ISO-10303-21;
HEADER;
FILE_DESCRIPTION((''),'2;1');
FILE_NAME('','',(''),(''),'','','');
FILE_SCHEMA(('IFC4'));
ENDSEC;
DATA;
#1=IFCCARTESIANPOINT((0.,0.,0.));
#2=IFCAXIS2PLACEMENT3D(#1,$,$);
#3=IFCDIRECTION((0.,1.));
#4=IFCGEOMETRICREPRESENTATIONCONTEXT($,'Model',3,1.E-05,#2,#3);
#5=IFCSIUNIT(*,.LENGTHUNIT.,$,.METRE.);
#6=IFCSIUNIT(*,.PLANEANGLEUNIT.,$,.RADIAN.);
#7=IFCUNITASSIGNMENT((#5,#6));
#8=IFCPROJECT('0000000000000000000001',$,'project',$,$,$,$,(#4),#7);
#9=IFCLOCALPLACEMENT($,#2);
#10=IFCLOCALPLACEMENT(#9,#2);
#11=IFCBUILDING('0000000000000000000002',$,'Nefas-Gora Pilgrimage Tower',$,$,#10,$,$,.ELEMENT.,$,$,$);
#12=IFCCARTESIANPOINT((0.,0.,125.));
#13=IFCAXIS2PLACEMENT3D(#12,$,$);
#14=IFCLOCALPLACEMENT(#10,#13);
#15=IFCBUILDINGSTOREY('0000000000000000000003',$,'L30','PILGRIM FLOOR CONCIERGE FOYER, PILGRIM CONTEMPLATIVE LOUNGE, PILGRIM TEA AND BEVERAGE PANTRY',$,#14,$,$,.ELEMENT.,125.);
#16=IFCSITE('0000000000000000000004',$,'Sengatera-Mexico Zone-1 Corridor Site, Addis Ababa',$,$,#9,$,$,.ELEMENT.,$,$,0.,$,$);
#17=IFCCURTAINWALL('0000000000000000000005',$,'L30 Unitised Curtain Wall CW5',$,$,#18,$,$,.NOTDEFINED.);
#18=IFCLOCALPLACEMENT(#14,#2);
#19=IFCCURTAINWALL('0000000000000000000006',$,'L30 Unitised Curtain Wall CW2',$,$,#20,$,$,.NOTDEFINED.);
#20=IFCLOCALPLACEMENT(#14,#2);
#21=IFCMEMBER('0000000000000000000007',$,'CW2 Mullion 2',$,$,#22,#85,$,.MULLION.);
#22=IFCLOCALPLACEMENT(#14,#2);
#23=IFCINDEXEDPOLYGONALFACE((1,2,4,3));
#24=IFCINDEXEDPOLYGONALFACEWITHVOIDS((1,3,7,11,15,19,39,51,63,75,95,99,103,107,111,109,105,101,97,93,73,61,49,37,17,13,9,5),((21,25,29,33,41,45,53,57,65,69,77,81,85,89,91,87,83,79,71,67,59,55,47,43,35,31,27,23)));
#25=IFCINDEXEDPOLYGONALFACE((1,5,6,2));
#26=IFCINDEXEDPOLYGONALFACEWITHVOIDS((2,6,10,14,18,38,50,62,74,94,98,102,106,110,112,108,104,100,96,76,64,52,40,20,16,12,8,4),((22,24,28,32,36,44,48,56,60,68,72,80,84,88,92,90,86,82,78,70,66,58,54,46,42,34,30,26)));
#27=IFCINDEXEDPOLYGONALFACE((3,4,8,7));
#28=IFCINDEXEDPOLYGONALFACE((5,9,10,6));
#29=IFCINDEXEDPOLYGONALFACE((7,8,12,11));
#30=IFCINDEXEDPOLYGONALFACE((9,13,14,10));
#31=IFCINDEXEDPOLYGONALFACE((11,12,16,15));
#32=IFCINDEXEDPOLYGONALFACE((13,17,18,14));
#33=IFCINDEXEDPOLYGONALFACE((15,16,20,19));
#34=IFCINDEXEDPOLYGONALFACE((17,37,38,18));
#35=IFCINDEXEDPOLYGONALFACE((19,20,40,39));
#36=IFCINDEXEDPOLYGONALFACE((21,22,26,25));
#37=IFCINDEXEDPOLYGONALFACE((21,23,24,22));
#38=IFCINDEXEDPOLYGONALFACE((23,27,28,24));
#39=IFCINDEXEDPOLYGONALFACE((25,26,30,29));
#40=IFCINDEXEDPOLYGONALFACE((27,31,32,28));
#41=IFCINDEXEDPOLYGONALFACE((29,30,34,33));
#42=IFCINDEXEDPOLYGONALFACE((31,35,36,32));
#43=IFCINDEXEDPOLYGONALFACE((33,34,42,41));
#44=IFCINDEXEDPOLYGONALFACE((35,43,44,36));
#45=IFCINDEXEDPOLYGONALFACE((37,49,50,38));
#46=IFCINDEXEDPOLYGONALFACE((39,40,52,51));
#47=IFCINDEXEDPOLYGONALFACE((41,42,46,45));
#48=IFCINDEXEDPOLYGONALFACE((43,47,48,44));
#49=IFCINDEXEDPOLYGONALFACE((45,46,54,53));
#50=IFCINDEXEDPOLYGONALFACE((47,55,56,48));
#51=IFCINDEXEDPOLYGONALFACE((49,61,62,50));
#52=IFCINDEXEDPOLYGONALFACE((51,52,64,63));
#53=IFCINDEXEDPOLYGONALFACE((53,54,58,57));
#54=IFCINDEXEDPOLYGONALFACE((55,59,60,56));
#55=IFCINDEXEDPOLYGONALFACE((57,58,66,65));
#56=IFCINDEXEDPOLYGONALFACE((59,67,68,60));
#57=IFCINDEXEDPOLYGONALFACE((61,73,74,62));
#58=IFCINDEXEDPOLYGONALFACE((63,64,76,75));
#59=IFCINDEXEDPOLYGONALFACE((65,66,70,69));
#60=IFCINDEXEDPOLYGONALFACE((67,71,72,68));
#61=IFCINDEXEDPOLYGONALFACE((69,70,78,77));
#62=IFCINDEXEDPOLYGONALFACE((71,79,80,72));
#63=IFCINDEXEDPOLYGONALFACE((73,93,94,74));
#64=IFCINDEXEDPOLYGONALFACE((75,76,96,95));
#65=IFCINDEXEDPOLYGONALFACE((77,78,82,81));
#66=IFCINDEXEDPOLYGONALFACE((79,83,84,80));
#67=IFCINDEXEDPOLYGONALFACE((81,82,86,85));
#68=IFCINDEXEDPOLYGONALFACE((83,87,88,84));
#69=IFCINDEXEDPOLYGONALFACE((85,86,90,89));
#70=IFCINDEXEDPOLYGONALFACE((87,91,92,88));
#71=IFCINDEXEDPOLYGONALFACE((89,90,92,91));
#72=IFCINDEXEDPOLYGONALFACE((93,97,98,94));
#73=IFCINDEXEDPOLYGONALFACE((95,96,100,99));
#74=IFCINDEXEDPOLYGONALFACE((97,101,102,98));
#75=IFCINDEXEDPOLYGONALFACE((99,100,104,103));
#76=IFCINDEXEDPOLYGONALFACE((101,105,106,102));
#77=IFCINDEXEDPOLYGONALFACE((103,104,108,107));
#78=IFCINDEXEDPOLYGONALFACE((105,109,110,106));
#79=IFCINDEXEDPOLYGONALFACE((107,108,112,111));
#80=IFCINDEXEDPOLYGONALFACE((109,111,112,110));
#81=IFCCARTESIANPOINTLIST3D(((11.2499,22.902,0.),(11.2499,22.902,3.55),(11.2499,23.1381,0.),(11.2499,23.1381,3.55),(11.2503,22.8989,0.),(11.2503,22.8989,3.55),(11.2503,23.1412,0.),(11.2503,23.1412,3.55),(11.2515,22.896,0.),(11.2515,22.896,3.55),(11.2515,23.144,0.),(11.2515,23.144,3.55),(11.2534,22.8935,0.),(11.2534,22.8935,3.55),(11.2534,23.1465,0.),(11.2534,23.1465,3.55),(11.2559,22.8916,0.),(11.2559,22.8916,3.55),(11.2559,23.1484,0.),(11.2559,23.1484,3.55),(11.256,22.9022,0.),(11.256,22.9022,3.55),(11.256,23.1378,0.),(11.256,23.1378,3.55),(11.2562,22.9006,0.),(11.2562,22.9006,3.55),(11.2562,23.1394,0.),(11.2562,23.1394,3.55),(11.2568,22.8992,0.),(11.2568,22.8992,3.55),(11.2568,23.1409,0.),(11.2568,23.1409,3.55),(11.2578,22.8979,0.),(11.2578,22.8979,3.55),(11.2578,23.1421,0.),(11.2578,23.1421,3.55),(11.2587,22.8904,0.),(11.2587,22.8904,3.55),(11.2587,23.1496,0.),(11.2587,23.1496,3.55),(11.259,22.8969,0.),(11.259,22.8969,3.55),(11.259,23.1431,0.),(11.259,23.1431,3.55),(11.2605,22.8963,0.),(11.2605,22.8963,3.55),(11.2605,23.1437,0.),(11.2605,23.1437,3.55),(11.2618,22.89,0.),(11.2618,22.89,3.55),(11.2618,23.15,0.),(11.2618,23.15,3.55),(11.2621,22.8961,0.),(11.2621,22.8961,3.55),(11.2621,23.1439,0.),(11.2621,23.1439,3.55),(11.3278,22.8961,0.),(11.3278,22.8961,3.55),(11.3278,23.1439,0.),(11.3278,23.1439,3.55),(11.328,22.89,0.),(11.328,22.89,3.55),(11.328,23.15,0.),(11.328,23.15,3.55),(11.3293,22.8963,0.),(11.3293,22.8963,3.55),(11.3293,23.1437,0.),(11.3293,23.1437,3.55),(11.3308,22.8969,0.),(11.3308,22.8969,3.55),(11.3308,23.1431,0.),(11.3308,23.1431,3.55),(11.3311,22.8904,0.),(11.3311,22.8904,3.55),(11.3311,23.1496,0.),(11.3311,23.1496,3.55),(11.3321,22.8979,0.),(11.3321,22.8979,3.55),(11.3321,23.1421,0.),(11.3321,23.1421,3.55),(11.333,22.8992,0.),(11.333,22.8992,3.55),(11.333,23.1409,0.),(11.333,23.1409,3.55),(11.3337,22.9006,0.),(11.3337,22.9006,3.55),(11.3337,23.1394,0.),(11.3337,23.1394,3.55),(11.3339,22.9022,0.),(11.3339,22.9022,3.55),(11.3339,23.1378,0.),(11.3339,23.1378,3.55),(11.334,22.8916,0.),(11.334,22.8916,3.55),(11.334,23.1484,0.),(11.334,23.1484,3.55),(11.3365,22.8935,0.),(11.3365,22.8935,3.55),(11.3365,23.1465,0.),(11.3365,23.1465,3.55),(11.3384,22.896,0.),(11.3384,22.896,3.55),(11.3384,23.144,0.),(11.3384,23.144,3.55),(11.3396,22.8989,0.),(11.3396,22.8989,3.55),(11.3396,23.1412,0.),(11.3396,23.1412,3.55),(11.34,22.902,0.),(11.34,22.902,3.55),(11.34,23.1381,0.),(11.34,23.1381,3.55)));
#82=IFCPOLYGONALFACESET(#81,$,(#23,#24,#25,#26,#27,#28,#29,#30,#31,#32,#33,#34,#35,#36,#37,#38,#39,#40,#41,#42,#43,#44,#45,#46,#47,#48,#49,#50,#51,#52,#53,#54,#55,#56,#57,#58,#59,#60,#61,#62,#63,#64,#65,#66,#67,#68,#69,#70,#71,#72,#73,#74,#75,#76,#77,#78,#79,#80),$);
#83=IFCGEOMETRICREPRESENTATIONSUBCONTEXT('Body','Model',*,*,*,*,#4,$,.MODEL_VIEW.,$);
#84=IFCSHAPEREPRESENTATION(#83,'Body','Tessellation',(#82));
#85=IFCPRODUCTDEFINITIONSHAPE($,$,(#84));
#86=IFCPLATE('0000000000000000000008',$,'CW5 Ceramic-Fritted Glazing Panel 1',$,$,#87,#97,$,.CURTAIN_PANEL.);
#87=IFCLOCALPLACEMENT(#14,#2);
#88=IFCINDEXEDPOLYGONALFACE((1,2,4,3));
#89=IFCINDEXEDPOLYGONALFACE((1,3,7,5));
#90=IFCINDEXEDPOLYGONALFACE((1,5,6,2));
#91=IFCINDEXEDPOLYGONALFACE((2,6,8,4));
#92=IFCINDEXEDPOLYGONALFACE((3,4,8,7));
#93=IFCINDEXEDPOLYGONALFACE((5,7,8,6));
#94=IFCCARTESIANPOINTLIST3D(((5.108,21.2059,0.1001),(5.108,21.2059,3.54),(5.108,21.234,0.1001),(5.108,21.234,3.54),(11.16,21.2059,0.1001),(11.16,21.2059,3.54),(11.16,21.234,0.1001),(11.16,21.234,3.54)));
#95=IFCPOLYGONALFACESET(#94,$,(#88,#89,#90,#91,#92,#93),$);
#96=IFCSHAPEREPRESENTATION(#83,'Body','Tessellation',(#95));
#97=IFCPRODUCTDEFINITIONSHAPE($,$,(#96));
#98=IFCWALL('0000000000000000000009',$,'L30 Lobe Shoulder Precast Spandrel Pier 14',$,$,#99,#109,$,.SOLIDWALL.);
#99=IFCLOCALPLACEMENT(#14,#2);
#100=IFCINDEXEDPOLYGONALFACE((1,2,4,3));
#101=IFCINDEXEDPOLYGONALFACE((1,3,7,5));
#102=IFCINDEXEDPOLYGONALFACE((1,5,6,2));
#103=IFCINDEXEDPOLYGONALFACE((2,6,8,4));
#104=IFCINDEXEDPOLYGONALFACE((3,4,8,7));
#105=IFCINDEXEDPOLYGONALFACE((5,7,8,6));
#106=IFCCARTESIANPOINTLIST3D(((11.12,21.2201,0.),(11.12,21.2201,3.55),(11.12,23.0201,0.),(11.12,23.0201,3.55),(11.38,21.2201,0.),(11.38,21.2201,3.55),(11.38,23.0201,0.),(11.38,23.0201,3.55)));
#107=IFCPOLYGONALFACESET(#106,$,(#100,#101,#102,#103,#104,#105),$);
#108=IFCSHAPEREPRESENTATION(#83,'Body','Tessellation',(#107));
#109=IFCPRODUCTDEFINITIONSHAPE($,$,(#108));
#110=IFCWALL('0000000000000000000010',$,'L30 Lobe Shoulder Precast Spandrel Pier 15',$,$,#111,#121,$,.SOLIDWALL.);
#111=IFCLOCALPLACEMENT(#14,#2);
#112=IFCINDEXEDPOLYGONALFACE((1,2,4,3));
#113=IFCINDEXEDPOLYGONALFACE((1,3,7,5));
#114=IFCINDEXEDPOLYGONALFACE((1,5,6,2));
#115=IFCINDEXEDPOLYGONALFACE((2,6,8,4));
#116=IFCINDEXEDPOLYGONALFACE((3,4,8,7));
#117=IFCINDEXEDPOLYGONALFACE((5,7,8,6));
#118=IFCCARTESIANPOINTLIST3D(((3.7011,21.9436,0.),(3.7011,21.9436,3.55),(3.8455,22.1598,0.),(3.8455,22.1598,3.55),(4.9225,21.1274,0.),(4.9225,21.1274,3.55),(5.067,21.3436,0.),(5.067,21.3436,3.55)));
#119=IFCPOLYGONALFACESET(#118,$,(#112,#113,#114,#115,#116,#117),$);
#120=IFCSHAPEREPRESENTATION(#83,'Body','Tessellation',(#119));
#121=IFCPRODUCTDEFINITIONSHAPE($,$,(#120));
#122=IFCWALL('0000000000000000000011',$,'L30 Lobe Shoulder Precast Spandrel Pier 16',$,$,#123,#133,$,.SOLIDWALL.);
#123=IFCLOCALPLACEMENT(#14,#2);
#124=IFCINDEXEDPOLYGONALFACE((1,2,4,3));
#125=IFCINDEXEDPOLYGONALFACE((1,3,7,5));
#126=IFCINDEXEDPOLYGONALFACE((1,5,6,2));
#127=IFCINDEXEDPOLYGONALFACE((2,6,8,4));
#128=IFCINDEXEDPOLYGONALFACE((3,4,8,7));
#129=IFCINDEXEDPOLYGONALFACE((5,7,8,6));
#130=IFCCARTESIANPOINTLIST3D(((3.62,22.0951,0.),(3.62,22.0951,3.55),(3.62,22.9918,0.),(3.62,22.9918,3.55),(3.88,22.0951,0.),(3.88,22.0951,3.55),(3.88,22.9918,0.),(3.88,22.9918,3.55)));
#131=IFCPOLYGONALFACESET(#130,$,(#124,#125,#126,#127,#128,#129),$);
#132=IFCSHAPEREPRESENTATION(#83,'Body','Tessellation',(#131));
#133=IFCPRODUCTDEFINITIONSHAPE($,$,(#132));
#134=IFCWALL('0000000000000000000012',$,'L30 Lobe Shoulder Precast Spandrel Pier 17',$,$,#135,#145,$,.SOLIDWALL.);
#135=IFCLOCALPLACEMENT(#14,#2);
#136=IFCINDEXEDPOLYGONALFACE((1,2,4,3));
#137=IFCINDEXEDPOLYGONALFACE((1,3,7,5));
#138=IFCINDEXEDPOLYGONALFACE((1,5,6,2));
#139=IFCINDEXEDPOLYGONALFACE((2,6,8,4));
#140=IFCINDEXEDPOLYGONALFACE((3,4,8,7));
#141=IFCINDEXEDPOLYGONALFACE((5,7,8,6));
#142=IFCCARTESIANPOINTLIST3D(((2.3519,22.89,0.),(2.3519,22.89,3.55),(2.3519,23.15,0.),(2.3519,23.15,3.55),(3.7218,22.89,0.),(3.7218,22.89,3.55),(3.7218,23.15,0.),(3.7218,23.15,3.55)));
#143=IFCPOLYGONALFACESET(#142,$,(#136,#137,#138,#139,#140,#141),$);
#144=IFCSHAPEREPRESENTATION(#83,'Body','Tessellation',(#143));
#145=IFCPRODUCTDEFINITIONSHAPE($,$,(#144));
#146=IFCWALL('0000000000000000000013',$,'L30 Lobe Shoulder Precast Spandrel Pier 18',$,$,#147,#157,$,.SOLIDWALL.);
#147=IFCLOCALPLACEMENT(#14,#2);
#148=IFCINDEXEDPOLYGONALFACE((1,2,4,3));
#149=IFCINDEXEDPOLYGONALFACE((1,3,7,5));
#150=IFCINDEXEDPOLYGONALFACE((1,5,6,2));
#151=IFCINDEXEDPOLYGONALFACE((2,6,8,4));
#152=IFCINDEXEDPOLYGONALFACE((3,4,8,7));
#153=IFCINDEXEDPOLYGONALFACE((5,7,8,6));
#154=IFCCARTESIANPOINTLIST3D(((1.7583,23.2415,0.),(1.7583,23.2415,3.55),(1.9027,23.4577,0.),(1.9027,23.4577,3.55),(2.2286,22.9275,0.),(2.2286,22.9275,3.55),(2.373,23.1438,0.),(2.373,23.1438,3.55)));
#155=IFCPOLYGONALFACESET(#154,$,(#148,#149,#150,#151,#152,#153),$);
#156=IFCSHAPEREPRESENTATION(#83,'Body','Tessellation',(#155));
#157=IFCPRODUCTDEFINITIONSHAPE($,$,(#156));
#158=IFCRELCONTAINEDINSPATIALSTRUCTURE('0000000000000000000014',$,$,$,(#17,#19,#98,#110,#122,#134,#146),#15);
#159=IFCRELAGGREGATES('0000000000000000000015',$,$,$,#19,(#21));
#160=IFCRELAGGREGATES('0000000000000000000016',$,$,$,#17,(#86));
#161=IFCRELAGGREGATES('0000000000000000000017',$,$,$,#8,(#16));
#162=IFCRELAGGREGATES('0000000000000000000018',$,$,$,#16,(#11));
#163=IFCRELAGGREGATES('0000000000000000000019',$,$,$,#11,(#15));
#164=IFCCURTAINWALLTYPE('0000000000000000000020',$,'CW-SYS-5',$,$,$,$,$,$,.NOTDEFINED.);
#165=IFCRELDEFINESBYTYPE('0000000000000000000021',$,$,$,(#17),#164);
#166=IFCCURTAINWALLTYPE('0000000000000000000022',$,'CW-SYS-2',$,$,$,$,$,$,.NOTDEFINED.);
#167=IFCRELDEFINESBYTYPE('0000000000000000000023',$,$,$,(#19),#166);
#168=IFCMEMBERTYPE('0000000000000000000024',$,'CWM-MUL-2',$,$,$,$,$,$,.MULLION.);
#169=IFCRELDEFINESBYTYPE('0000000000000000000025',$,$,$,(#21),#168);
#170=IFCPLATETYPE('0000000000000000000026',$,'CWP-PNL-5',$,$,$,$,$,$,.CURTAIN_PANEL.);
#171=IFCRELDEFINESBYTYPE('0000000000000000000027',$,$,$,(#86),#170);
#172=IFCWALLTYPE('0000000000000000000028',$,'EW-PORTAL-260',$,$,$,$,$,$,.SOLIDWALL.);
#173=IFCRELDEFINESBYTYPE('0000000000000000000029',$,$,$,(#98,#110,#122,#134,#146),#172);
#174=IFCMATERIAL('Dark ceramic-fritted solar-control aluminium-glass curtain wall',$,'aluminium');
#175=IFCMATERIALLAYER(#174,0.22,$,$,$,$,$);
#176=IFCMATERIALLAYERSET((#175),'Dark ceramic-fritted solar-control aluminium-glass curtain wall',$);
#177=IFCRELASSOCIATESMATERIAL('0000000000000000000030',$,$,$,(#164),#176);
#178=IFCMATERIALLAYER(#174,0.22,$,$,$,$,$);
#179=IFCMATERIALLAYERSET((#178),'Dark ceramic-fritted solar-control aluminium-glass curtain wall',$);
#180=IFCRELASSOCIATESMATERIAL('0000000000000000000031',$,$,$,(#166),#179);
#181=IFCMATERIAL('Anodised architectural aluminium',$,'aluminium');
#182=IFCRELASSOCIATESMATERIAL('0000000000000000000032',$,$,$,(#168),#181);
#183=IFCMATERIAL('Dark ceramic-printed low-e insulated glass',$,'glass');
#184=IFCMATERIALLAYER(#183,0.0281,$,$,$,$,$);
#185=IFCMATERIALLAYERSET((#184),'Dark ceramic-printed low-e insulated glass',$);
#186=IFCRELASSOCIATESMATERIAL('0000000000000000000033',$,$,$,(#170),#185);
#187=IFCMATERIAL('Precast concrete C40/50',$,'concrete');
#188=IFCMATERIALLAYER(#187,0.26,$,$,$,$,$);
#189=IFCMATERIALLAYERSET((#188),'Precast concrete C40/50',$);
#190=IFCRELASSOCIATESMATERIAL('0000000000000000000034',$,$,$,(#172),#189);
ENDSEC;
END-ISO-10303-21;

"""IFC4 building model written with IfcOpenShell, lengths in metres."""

from ifc_helpers import new_model, si_unit, direction, frame, frame_2d, origin, origin_2d, place, context, subcontext, project, spatial, rectangle, hollow_rectangle, extrude, source, transform, mapped, material, layer, layer_set, material_profile, profile_set, type_object, element, aggregate, save


model = new_model("IFC4")

# Units and contexts
model_context = context("Model", 3, precision=1e-05, world=origin(), true_north=direction((0.0, 1.0)))
body_context = subcontext(model_context, "Body", "Model", "MODEL_VIEW")
ifc_project = project(units=[si_unit("LENGTHUNIT", "METRE"), si_unit("PLANEANGLEUNIT", "RADIAN")], contexts=[model_context])

# Site, building, storey
site_placement = place(None, origin())
site = spatial("IfcSite", under=ifc_project, at=site_placement, Name="Sengatera-Mexico Zone-1 Corridor Site, Addis Ababa", CompositionType="ELEMENT", RefElevation=0.0)
building_placement = place(site_placement, origin())
building = spatial("IfcBuilding", under=site, at=building_placement, Name="Nefas-Gora Pilgrimage Tower", CompositionType="ELEMENT")
storey_placement = place(building_placement, frame((0.0, 0.0, 125.0)))
storey = spatial("IfcBuildingStorey", under=building, at=storey_placement, Name="L30", Description="PILGRIM FLOOR CONCIERGE FOYER, PILGRIM CONTEMPLATIVE LOUNGE, PILGRIM TEA AND BEVERAGE PANTRY", CompositionType="ELEMENT", Elevation=125.0)

# Curtain wall
ifc_material_1 = material(Name="Dark ceramic-fritted solar-control aluminium-glass curtain wall", Category="aluminium")
ifc_layer_1 = layer(ifc_material_1, 0.22)
ifc_layer_set_1 = layer_set([ifc_layer_1], Name="Dark ceramic-fritted solar-control aluminium-glass curtain wall")
curtain_wall_type_1 = type_object("IfcCurtainWallType", Name="CW-SYS-5", PredefinedType="NOTDEFINED", material=ifc_layer_set_1)
curtain_wall_1_placement = place(storey_placement, origin())
curtain_wall_1 = element("IfcCurtainWall", 1, at=curtain_wall_1_placement, inside=storey, type_object=curtain_wall_type_1, Name="L30 Unitised Curtain Wall CW5", PredefinedType="NOTDEFINED")
ifc_material_2 = material(Name="Anodised architectural aluminium", Category="aluminium")

# Curtain wall, member
ifc_layer_2 = layer(ifc_material_1, 0.22)
ifc_layer_set_2 = layer_set([ifc_layer_2], Name="Dark ceramic-fritted solar-control aluminium-glass curtain wall")
curtain_wall_type_2 = type_object("IfcCurtainWallType", Name="CW-SYS-2", PredefinedType="NOTDEFINED", material=ifc_layer_set_2)
curtain_wall_2_placement = place(storey_placement, origin())
curtain_wall_2 = element("IfcCurtainWall", 2, at=curtain_wall_2_placement, inside=storey, type_object=curtain_wall_type_2, Name="L30 Unitised Curtain Wall CW2", PredefinedType="NOTDEFINED")
ifc_material_profile_1 = material_profile(ifc_material_2, hollow_rectangle(XDim=0.0901, YDim=0.26, WallThickness=0.0061, InnerFilletRadius=0.0061, OuterFilletRadius=0.012, at=origin_2d()), Name="ALU MULLION 90x260")
ifc_profile_set_1 = profile_set([ifc_material_profile_1], Name="Anodised architectural aluminium")
member_type_1 = type_object("IfcMemberType", Name="CWM-MUL-2", PredefinedType="MULLION", material=ifc_profile_set_1)
shared_shape_1 = source(origin(), body_context, "Body", "SweptSolid", [
    extrude(hollow_rectangle(XDim=0.0901, YDim=0.26, WallThickness=0.0061, InnerFilletRadius=0.0061, OuterFilletRadius=0.012, at=origin_2d()), origin(), (0.0, 0.0, 1.0), 3.55),
])
member_1_placement = place(storey_placement, frame((11.2949, 23.02, 0.0), z_axis=(0.0, 0.0, 1.0), x_axis=(-1.0, 0.0, 0.0)))
member_1 = element("IfcMember", 3, at=member_1_placement, type_object=member_type_1, Name="CW2 Mullion 2", PredefinedType="MULLION", context=body_context, shape_type="MappedRepresentation", body=[
    mapped(shared_shape_1, transform((0.0, 0.0, 0.0), x_axis=(1.0, 0.0, 0.0), y_axis=(0.0, 1.0, 0.0), z_axis=(0.0, 0.0, 1.0), scale=1.0)),
])
aggregate(curtain_wall_2, [member_1])

# Plate
ifc_material_3 = material(Name="Dark ceramic-printed low-e insulated glass", Category="glass")
ifc_layer_3 = layer(ifc_material_3, 0.0281)
ifc_layer_set_3 = layer_set([ifc_layer_3], Name="Dark ceramic-printed low-e insulated glass")
plate_type = type_object("IfcPlateType", Name="CWP-PNL-5", PredefinedType="CURTAIN_PANEL", material=ifc_layer_set_3)
shared_shape_2 = source(origin(), body_context, "Body", "SweptSolid", [
    extrude(rectangle(XDim=6.052, YDim=0.0281, at=origin_2d()), origin(), (0.0, 0.0, 1.0), 3.4399),
])
plate_placement = place(storey_placement, frame((8.134, 21.22, 0.1001), z_axis=(0.0, 0.0, 1.0), x_axis=(-1.0, 0.0, 0.0)))
plate = element("IfcPlate", 4, at=plate_placement, type_object=plate_type, Name="CW5 Ceramic-Fritted Glazing Panel 1", PredefinedType="CURTAIN_PANEL", context=body_context, shape_type="MappedRepresentation", body=[
    mapped(shared_shape_2, transform((0.0, 0.0, 0.0), x_axis=(1.0, 0.0, 0.0), y_axis=(0.0, 1.0, 0.0), z_axis=(0.0, 0.0, 1.0), scale=1.0)),
])
aggregate(curtain_wall_1, [plate])

# Walls
ifc_material_4 = material(Name="Precast concrete C40/50", Category="concrete")
ifc_layer_4 = layer(ifc_material_4, 0.26)
ifc_layer_set_4 = layer_set([ifc_layer_4], Name="Precast concrete C40/50")
wall_type_1 = type_object("IfcWallType", Name="EW-PORTAL-260", PredefinedType="SOLIDWALL", material=ifc_layer_set_4)
shared_shape_3 = source(origin(), body_context, "Body", "SweptSolid", [
    extrude(rectangle(XDim=1.8, YDim=0.26, at=frame_2d((0.8999, 0.0))), origin(), (0.0, 0.0, 1.0), 3.55),
])
wall_1_placement = place(storey_placement, frame((11.25, 23.02, 0.0), z_axis=(0.0, 0.0, 1.0), x_axis=(0.0, -1.0, 0.0)))
element("IfcWall", 5, at=wall_1_placement, inside=storey, type_object=wall_type_1, Name="L30 Lobe Shoulder Precast Spandrel Pier 14", PredefinedType="SOLIDWALL", context=body_context, shape_type="MappedRepresentation", body=[
    mapped(shared_shape_3, transform((0.0, 0.0, 0.0), x_axis=(1.0, 0.0, 0.0), y_axis=(0.0, 1.0, 0.0), z_axis=(0.0, 0.0, 1.0), scale=1.0)),
])
shared_shape_4 = source(origin(), body_context, "Body", "SweptSolid", [
    extrude(rectangle(XDim=1.469, YDim=0.26, at=frame_2d((0.7344, 0.0))), origin(), (0.0, 0.0, 1.0), 3.55),
])
wall_2_placement = place(storey_placement, frame((4.9946, 21.2356, 0.0), z_axis=(0.0, 0.0, 1.0), x_axis=(-0.831462, 0.555582, 0.0)))
element("IfcWall", 6, at=wall_2_placement, inside=storey, type_object=wall_type_1, Name="L30 Lobe Shoulder Precast Spandrel Pier 15", PredefinedType="SOLIDWALL", context=body_context, shape_type="MappedRepresentation", body=[
    mapped(shared_shape_4, transform((0.0, 0.0, 0.0), x_axis=(1.0, 0.0, 0.0), y_axis=(0.0, 1.0, 0.0), z_axis=(0.0, 0.0, 1.0), scale=1.0)),
])
shared_shape_5 = source(origin(), body_context, "Body", "SweptSolid", [
    extrude(rectangle(XDim=0.8967, YDim=0.26, at=frame_2d((0.4482, 0.0))), origin(), (0.0, 0.0, 1.0), 3.55),
])
wall_3_placement = place(storey_placement, frame((3.75, 22.0952, 0.0), z_axis=(0.0, 0.0, 1.0), x_axis=(0.0, 1.0, 0.0)))
element("IfcWall", 7, at=wall_3_placement, inside=storey, type_object=wall_type_1, Name="L30 Lobe Shoulder Precast Spandrel Pier 16", PredefinedType="SOLIDWALL", context=body_context, shape_type="MappedRepresentation", body=[
    mapped(shared_shape_5, transform((0.0, 0.0, 0.0), x_axis=(1.0, 0.0, 0.0), y_axis=(0.0, 1.0, 0.0), z_axis=(0.0, 0.0, 1.0), scale=1.0)),
])
shared_shape_6 = source(origin(), body_context, "Body", "SweptSolid", [
    extrude(rectangle(XDim=1.3699, YDim=0.26, at=frame_2d((0.6851, 0.0))), origin(), (0.0, 0.0, 1.0), 3.55),
])
wall_4_placement = place(storey_placement, frame((3.7219, 23.02, 0.0), z_axis=(0.0, 0.0, 1.0), x_axis=(-1.0, 0.0, 0.0)))
element("IfcWall", 8, at=wall_4_placement, inside=storey, type_object=wall_type_1, Name="L30 Lobe Shoulder Precast Spandrel Pier 17", PredefinedType="SOLIDWALL", context=body_context, shape_type="MappedRepresentation", body=[
    mapped(shared_shape_6, transform((0.0, 0.0, 0.0), x_axis=(1.0, 0.0, 0.0), y_axis=(0.0, 1.0, 0.0), z_axis=(0.0, 0.0, 1.0), scale=1.0)),
])
shared_shape_7 = source(origin(), body_context, "Body", "SweptSolid", [
    extrude(rectangle(XDim=0.5654, YDim=0.26, at=frame_2d((0.2827, 0.0))), origin(), (0.0, 0.0, 1.0), 3.55),
])
wall_5_placement = place(storey_placement, frame((2.3008, 23.0356, 0.0), z_axis=(0.0, 0.0, 1.0), x_axis=(-0.831651, 0.555298, 0.0)))
element("IfcWall", 9, at=wall_5_placement, inside=storey, type_object=wall_type_1, Name="L30 Lobe Shoulder Precast Spandrel Pier 18", PredefinedType="SOLIDWALL", context=body_context, shape_type="MappedRepresentation", body=[
    mapped(shared_shape_7, transform((0.0, 0.0, 0.0), x_axis=(1.0, 0.0, 0.0), y_axis=(0.0, 1.0, 0.0), z_axis=(0.0, 0.0, 1.0), scale=1.0)),
])

save(model, "model.ifc")
